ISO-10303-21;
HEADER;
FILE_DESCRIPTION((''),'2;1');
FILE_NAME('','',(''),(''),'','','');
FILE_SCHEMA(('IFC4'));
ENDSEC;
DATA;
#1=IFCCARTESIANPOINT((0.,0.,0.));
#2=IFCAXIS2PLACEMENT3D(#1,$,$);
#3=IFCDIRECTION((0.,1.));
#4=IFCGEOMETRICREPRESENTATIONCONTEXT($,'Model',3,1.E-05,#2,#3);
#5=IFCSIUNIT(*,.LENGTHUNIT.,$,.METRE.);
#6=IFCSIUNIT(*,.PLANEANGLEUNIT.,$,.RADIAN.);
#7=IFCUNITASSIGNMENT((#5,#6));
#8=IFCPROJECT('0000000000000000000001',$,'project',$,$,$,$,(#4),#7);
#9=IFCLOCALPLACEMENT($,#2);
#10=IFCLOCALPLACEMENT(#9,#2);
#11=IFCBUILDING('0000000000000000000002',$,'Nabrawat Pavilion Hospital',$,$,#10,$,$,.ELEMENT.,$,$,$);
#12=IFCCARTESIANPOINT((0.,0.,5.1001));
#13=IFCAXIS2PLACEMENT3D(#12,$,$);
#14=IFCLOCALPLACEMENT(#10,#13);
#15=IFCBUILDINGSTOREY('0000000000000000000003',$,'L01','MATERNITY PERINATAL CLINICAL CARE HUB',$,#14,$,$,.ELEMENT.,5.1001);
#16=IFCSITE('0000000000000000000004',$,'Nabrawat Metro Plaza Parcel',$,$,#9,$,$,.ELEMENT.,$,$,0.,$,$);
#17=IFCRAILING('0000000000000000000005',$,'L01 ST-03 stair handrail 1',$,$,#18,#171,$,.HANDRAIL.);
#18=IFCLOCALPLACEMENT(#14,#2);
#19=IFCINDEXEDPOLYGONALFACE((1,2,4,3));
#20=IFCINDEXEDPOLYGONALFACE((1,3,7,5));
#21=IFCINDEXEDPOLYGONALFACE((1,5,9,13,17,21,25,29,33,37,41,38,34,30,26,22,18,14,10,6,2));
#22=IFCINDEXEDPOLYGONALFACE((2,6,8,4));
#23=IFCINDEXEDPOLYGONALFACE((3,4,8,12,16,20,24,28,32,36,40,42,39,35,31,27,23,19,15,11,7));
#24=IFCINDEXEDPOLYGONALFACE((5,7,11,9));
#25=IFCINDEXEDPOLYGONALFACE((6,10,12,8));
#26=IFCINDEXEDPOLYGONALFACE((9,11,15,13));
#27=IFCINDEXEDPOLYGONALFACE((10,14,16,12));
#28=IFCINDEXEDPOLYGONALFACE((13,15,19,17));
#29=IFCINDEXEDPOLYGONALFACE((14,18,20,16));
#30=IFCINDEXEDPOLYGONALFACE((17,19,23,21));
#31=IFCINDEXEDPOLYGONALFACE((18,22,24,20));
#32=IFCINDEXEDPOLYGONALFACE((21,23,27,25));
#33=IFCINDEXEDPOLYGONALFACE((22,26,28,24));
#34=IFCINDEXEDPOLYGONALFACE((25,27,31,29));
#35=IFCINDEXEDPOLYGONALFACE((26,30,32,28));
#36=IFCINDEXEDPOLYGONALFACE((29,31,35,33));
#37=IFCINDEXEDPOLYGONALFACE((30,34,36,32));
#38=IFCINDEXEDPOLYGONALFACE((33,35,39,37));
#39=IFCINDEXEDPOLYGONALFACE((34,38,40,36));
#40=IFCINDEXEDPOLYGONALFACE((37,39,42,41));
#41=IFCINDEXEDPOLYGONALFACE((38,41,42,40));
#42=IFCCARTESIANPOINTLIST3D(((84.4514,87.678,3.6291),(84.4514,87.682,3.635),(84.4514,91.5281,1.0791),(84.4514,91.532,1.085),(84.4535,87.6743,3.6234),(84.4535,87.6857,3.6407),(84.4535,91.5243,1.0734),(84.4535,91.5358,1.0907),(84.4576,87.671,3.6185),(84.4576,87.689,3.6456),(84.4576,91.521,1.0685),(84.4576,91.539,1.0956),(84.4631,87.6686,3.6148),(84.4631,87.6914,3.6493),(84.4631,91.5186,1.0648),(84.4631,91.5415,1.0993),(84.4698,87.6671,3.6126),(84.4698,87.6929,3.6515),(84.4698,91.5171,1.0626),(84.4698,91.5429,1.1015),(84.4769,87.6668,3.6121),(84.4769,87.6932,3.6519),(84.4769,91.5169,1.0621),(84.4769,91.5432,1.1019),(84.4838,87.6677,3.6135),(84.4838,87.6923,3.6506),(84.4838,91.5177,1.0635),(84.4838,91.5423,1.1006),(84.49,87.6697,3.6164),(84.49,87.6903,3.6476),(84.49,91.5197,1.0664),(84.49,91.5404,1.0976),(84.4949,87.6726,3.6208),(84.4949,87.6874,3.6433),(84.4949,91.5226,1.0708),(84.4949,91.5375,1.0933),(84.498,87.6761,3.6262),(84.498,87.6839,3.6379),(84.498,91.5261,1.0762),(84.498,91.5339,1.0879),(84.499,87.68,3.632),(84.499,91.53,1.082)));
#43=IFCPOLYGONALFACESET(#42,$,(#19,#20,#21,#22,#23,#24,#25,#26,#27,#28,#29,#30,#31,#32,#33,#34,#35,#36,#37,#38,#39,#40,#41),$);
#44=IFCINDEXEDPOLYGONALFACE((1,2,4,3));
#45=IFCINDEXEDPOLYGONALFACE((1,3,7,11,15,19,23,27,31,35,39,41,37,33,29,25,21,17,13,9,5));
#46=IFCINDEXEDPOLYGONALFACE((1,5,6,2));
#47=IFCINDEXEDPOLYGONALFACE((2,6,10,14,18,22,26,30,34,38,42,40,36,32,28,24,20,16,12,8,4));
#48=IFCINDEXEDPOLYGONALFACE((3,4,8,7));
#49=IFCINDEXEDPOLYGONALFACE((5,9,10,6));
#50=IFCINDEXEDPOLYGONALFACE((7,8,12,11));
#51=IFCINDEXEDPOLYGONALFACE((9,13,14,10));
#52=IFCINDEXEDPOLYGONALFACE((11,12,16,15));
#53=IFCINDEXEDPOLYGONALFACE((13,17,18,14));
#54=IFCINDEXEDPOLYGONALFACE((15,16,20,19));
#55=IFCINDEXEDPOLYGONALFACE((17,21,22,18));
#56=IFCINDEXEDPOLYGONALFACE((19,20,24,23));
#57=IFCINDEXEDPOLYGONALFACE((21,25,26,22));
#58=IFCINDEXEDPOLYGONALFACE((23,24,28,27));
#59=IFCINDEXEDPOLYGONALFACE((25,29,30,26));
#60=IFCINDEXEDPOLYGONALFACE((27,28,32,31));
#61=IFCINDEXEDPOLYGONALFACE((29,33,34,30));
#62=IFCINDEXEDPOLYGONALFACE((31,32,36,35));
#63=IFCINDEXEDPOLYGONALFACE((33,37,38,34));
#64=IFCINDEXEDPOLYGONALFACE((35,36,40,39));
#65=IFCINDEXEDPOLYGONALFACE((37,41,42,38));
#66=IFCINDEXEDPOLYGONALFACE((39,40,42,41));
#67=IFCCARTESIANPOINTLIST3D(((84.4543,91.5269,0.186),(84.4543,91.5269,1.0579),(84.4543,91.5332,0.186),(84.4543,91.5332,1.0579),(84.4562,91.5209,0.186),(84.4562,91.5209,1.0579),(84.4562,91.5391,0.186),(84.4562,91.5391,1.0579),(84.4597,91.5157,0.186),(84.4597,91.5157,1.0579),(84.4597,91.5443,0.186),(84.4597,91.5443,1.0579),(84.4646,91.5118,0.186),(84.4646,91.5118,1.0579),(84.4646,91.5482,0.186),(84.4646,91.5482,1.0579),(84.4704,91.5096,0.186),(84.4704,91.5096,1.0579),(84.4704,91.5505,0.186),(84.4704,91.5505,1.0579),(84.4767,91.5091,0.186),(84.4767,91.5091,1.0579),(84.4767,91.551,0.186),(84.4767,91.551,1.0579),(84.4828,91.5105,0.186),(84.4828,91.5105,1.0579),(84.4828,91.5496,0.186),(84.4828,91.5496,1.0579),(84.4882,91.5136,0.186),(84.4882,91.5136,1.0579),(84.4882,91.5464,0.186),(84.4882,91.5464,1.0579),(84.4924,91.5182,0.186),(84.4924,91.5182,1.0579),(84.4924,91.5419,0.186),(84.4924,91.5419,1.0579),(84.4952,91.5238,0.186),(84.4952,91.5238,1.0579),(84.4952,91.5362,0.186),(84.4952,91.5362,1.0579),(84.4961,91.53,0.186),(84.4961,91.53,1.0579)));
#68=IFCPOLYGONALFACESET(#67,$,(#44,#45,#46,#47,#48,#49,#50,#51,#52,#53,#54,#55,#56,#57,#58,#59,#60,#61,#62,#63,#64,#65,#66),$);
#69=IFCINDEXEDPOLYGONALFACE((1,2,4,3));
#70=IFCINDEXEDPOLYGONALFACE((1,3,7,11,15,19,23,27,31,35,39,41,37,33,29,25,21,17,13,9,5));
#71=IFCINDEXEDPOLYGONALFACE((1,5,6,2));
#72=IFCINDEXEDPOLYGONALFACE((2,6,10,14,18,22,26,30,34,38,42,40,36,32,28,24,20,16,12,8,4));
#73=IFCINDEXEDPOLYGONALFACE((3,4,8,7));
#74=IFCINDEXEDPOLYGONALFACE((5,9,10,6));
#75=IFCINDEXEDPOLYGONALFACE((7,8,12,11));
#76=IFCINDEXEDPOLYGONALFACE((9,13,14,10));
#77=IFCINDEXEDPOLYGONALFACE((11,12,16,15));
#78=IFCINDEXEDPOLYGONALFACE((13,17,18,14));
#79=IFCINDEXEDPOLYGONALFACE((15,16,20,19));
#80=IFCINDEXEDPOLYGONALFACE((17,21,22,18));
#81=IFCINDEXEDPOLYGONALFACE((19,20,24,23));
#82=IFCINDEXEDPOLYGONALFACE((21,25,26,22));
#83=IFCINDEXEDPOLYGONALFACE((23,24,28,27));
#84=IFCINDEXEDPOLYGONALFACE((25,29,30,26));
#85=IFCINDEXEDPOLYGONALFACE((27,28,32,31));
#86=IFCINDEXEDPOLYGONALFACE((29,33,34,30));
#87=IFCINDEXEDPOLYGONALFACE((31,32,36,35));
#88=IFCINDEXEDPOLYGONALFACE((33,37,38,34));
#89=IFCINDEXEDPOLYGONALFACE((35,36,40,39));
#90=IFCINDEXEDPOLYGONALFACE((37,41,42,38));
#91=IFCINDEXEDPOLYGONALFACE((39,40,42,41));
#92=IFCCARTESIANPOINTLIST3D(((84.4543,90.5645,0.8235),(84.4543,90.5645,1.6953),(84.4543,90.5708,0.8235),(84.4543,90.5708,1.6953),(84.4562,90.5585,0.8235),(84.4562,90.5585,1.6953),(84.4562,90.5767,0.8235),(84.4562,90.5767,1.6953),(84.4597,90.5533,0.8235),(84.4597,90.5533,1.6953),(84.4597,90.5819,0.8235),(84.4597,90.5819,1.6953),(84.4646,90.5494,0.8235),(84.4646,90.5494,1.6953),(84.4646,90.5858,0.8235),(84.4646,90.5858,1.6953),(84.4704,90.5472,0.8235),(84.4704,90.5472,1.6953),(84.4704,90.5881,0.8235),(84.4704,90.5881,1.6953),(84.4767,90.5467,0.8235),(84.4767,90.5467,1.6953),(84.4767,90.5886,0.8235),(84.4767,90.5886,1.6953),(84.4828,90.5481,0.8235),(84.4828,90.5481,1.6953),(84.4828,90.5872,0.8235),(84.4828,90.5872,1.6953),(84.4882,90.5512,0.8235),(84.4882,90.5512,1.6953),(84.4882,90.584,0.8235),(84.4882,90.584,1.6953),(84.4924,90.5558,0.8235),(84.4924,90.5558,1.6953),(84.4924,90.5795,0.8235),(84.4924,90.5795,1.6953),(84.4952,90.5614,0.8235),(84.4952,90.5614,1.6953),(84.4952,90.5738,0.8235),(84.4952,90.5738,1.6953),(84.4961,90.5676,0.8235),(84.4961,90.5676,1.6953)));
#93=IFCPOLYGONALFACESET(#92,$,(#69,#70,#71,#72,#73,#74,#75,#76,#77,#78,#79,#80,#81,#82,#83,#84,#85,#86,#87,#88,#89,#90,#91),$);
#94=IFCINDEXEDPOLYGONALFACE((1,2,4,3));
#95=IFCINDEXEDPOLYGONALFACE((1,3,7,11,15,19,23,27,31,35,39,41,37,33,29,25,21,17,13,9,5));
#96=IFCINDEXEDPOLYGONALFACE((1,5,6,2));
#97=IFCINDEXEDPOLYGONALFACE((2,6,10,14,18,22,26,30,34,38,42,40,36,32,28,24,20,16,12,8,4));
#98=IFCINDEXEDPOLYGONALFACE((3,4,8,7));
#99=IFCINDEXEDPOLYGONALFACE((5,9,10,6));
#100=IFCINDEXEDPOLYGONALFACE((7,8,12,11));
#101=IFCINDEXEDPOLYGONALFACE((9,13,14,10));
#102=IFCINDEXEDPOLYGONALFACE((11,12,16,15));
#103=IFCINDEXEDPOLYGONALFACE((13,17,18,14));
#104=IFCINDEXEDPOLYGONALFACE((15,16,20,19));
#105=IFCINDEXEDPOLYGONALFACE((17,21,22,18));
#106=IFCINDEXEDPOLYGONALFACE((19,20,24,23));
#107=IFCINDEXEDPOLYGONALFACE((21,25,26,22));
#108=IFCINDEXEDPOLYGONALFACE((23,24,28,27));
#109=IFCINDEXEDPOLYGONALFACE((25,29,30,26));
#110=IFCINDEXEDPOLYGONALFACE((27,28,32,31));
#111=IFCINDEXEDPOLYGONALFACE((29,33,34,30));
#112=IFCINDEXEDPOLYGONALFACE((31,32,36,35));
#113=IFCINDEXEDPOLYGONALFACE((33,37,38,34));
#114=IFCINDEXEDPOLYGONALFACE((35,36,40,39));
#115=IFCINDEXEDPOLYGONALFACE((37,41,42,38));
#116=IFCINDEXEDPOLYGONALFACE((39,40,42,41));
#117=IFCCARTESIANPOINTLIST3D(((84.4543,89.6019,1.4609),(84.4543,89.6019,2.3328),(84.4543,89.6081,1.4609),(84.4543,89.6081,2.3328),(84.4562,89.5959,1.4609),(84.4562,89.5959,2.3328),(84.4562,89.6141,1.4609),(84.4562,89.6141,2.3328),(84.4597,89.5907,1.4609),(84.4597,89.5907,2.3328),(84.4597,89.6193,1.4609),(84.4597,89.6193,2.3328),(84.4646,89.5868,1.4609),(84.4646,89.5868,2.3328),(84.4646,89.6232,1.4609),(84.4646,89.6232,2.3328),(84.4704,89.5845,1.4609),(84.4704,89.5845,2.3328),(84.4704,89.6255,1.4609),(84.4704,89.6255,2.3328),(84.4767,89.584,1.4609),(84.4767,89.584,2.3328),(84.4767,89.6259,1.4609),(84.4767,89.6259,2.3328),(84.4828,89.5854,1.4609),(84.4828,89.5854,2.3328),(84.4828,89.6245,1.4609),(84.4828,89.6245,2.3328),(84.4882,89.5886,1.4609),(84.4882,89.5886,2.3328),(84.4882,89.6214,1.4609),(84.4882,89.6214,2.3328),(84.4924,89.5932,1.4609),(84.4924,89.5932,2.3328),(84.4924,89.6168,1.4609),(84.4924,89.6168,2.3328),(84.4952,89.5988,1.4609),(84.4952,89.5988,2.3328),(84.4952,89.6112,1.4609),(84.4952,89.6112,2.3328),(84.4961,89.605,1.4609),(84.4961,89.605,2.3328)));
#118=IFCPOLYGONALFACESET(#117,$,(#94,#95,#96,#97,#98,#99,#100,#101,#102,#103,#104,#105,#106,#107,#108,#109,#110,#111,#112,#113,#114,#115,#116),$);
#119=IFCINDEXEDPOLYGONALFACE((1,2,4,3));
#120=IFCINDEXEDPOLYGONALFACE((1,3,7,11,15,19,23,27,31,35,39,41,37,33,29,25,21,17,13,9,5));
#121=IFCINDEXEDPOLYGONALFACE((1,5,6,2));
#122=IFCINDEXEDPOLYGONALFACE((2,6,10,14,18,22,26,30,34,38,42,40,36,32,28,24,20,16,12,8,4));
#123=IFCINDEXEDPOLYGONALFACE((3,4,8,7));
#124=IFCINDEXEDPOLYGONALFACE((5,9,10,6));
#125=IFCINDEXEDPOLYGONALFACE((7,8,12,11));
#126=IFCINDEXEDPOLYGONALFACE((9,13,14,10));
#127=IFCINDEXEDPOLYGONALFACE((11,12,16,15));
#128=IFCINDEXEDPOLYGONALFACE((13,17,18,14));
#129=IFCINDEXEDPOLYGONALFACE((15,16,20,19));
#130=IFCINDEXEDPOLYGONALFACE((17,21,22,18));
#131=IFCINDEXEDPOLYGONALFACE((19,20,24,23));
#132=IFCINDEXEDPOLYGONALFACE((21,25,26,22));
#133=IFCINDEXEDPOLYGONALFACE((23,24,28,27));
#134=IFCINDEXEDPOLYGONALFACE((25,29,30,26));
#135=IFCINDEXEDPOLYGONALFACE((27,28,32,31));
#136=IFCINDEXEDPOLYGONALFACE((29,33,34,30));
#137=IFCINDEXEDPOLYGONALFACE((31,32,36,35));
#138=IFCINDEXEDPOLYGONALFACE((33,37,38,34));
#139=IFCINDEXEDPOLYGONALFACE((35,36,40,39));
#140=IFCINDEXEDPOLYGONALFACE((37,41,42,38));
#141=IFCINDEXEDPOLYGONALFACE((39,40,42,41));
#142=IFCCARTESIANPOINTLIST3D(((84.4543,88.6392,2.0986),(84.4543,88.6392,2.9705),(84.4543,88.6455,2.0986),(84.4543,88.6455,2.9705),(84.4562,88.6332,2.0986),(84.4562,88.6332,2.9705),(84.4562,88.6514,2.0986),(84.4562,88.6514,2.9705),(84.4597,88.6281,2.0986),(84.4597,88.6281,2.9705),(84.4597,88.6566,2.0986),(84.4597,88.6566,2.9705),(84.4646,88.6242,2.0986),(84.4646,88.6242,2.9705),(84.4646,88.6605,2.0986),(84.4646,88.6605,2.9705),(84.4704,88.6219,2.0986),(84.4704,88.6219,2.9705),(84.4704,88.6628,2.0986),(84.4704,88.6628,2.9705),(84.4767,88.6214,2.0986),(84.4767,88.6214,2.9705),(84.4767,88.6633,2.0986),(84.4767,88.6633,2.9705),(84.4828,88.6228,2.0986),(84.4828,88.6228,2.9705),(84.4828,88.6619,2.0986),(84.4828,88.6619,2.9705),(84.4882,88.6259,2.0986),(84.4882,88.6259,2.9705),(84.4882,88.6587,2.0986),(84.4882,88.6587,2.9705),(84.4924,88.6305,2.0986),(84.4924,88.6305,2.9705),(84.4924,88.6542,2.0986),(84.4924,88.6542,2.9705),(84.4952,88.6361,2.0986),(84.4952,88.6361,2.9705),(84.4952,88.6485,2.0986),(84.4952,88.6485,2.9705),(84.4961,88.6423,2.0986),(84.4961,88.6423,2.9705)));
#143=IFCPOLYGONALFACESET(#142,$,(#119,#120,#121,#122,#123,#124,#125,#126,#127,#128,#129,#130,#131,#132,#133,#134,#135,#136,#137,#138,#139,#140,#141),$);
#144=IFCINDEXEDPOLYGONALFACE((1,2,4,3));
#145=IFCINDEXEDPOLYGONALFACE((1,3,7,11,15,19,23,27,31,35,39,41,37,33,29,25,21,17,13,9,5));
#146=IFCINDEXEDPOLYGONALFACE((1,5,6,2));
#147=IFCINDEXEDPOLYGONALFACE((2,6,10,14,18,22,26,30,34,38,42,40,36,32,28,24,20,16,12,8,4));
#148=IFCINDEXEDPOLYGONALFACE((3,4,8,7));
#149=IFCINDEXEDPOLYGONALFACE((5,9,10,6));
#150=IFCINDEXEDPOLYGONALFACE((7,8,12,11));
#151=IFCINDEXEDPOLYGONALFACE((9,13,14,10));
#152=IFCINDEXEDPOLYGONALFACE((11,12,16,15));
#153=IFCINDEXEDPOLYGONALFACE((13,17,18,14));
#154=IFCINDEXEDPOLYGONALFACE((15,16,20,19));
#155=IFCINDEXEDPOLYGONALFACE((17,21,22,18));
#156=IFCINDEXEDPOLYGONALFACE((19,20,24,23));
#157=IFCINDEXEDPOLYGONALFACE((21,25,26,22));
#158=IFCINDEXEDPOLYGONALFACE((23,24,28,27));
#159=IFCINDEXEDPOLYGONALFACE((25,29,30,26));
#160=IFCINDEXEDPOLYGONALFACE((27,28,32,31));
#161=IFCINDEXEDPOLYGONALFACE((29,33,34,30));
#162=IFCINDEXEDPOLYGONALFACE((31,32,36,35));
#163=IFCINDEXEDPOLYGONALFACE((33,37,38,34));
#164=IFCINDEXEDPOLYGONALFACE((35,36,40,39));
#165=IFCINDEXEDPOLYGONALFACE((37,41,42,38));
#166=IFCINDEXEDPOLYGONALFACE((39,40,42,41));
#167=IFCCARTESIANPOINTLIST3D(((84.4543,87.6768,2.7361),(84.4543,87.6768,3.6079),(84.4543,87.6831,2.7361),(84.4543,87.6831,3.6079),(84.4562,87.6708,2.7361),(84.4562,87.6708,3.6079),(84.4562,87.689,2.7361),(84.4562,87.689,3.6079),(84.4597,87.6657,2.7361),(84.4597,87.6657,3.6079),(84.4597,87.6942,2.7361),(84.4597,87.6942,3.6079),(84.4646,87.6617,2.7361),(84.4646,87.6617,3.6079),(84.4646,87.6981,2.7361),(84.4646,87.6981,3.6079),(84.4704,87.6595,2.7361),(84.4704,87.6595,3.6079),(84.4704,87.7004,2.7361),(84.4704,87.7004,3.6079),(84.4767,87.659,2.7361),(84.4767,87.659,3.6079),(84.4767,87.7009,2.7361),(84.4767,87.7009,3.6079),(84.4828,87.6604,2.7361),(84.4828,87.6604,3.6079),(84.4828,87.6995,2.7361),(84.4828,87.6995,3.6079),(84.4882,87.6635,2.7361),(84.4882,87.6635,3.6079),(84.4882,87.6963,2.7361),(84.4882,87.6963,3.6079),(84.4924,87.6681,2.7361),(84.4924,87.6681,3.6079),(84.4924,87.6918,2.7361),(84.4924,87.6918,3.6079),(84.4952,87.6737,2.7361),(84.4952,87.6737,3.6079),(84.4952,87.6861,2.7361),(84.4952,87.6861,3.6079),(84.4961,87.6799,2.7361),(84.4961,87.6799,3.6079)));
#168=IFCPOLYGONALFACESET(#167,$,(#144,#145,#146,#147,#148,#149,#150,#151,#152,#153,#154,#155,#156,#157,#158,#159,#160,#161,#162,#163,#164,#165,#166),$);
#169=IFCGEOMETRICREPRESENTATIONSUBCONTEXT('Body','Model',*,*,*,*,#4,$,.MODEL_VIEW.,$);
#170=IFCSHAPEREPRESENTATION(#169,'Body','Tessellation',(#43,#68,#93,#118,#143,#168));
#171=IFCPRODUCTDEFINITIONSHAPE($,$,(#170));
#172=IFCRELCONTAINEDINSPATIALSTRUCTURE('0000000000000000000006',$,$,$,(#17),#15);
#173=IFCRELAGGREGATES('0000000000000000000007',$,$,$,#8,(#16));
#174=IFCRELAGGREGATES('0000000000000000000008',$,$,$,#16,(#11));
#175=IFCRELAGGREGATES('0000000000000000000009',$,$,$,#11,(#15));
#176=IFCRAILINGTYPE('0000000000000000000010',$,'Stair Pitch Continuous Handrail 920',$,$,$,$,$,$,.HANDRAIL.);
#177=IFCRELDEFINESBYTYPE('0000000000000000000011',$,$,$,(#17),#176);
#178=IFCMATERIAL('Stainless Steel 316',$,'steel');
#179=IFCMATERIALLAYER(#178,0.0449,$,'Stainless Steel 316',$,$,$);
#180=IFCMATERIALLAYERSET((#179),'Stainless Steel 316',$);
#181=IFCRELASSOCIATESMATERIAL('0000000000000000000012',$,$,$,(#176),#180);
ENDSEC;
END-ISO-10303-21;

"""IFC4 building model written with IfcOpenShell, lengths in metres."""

from ifc_helpers import new_model, si_unit, direction, frame, origin, origin_2d, place, context, subcontext, project, spatial, circle, extrude, material, layer, layer_set, type_object, element, save


model = new_model("IFC4")

# Units and contexts
model_context = context("Model", 3, precision=1e-05, world=origin(), true_north=direction((0.0, 1.0)))
body_context = subcontext(model_context, "Body", "Model", "MODEL_VIEW")
ifc_project = project(units=[si_unit("LENGTHUNIT", "METRE"), si_unit("PLANEANGLEUNIT", "RADIAN")], contexts=[model_context])

# Site, building, storey
site_placement = place(None, origin())
site = spatial("IfcSite", under=ifc_project, at=site_placement, Name="Nabrawat Metro Plaza Parcel", CompositionType="ELEMENT", RefElevation=0.0)
building_placement = place(site_placement, origin())
building = spatial("IfcBuilding", under=site, at=building_placement, Name="Nabrawat Pavilion Hospital", CompositionType="ELEMENT")
storey_placement = place(building_placement, frame((0.0, 0.0, 5.1001)))
storey = spatial("IfcBuildingStorey", under=building, at=storey_placement, Name="L01", Description="MATERNITY PERINATAL CLINICAL CARE HUB", CompositionType="ELEMENT", Elevation=5.1001)

# Railing
ifc_material_1 = material(Name="Stainless Steel 316", Category="steel")
ifc_layer_1 = layer(ifc_material_1, 0.0449, Name="Stainless Steel 316")
ifc_layer_set_1 = layer_set([ifc_layer_1], Name="Stainless Steel 316")
railing_type_1 = type_object("IfcRailingType", Name="Stair Pitch Continuous Handrail 920", PredefinedType="HANDRAIL", material=ifc_layer_set_1)
railing_1_placement = place(storey_placement, frame((84.4751, 91.53, 0.186)))
element("IfcRailing", 1, at=railing_1_placement, inside=storey, type_object=railing_type_1, Name="L01 ST-03 stair handrail 1", PredefinedType="HANDRAIL", context=body_context, shape_type="SweptSolid", body=[
    extrude(circle(Radius=0.0239, at=origin_2d()), frame((0.0, 0.0, 0.896), z_axis=(0.0, -0.833714, 0.552197), x_axis=(1.0, 0.0, 0.0)), (0.0, 0.0, 1.0), 4.6179),
    extrude(circle(Radius=0.021, at=origin_2d()), origin(), (0.0, 0.0, 1.0), 0.8718),
    extrude(circle(Radius=0.021, at=origin_2d()), frame((0.0, -0.9624, 0.6375)), (0.0, 0.0, 1.0), 0.8718),
    extrude(circle(Radius=0.021, at=origin_2d()), frame((0.0, -1.925, 1.2749)), (0.0, 0.0, 1.0), 0.8718),
    extrude(circle(Radius=0.021, at=origin_2d()), frame((0.0, -2.8877, 1.9126)), (0.0, 0.0, 1.0), 0.8718),
    extrude(circle(Radius=0.021, at=origin_2d()), frame((0.0, -3.8501, 2.55)), (0.0, 0.0, 1.0), 0.8718),
])

save(model, "model.ifc")
